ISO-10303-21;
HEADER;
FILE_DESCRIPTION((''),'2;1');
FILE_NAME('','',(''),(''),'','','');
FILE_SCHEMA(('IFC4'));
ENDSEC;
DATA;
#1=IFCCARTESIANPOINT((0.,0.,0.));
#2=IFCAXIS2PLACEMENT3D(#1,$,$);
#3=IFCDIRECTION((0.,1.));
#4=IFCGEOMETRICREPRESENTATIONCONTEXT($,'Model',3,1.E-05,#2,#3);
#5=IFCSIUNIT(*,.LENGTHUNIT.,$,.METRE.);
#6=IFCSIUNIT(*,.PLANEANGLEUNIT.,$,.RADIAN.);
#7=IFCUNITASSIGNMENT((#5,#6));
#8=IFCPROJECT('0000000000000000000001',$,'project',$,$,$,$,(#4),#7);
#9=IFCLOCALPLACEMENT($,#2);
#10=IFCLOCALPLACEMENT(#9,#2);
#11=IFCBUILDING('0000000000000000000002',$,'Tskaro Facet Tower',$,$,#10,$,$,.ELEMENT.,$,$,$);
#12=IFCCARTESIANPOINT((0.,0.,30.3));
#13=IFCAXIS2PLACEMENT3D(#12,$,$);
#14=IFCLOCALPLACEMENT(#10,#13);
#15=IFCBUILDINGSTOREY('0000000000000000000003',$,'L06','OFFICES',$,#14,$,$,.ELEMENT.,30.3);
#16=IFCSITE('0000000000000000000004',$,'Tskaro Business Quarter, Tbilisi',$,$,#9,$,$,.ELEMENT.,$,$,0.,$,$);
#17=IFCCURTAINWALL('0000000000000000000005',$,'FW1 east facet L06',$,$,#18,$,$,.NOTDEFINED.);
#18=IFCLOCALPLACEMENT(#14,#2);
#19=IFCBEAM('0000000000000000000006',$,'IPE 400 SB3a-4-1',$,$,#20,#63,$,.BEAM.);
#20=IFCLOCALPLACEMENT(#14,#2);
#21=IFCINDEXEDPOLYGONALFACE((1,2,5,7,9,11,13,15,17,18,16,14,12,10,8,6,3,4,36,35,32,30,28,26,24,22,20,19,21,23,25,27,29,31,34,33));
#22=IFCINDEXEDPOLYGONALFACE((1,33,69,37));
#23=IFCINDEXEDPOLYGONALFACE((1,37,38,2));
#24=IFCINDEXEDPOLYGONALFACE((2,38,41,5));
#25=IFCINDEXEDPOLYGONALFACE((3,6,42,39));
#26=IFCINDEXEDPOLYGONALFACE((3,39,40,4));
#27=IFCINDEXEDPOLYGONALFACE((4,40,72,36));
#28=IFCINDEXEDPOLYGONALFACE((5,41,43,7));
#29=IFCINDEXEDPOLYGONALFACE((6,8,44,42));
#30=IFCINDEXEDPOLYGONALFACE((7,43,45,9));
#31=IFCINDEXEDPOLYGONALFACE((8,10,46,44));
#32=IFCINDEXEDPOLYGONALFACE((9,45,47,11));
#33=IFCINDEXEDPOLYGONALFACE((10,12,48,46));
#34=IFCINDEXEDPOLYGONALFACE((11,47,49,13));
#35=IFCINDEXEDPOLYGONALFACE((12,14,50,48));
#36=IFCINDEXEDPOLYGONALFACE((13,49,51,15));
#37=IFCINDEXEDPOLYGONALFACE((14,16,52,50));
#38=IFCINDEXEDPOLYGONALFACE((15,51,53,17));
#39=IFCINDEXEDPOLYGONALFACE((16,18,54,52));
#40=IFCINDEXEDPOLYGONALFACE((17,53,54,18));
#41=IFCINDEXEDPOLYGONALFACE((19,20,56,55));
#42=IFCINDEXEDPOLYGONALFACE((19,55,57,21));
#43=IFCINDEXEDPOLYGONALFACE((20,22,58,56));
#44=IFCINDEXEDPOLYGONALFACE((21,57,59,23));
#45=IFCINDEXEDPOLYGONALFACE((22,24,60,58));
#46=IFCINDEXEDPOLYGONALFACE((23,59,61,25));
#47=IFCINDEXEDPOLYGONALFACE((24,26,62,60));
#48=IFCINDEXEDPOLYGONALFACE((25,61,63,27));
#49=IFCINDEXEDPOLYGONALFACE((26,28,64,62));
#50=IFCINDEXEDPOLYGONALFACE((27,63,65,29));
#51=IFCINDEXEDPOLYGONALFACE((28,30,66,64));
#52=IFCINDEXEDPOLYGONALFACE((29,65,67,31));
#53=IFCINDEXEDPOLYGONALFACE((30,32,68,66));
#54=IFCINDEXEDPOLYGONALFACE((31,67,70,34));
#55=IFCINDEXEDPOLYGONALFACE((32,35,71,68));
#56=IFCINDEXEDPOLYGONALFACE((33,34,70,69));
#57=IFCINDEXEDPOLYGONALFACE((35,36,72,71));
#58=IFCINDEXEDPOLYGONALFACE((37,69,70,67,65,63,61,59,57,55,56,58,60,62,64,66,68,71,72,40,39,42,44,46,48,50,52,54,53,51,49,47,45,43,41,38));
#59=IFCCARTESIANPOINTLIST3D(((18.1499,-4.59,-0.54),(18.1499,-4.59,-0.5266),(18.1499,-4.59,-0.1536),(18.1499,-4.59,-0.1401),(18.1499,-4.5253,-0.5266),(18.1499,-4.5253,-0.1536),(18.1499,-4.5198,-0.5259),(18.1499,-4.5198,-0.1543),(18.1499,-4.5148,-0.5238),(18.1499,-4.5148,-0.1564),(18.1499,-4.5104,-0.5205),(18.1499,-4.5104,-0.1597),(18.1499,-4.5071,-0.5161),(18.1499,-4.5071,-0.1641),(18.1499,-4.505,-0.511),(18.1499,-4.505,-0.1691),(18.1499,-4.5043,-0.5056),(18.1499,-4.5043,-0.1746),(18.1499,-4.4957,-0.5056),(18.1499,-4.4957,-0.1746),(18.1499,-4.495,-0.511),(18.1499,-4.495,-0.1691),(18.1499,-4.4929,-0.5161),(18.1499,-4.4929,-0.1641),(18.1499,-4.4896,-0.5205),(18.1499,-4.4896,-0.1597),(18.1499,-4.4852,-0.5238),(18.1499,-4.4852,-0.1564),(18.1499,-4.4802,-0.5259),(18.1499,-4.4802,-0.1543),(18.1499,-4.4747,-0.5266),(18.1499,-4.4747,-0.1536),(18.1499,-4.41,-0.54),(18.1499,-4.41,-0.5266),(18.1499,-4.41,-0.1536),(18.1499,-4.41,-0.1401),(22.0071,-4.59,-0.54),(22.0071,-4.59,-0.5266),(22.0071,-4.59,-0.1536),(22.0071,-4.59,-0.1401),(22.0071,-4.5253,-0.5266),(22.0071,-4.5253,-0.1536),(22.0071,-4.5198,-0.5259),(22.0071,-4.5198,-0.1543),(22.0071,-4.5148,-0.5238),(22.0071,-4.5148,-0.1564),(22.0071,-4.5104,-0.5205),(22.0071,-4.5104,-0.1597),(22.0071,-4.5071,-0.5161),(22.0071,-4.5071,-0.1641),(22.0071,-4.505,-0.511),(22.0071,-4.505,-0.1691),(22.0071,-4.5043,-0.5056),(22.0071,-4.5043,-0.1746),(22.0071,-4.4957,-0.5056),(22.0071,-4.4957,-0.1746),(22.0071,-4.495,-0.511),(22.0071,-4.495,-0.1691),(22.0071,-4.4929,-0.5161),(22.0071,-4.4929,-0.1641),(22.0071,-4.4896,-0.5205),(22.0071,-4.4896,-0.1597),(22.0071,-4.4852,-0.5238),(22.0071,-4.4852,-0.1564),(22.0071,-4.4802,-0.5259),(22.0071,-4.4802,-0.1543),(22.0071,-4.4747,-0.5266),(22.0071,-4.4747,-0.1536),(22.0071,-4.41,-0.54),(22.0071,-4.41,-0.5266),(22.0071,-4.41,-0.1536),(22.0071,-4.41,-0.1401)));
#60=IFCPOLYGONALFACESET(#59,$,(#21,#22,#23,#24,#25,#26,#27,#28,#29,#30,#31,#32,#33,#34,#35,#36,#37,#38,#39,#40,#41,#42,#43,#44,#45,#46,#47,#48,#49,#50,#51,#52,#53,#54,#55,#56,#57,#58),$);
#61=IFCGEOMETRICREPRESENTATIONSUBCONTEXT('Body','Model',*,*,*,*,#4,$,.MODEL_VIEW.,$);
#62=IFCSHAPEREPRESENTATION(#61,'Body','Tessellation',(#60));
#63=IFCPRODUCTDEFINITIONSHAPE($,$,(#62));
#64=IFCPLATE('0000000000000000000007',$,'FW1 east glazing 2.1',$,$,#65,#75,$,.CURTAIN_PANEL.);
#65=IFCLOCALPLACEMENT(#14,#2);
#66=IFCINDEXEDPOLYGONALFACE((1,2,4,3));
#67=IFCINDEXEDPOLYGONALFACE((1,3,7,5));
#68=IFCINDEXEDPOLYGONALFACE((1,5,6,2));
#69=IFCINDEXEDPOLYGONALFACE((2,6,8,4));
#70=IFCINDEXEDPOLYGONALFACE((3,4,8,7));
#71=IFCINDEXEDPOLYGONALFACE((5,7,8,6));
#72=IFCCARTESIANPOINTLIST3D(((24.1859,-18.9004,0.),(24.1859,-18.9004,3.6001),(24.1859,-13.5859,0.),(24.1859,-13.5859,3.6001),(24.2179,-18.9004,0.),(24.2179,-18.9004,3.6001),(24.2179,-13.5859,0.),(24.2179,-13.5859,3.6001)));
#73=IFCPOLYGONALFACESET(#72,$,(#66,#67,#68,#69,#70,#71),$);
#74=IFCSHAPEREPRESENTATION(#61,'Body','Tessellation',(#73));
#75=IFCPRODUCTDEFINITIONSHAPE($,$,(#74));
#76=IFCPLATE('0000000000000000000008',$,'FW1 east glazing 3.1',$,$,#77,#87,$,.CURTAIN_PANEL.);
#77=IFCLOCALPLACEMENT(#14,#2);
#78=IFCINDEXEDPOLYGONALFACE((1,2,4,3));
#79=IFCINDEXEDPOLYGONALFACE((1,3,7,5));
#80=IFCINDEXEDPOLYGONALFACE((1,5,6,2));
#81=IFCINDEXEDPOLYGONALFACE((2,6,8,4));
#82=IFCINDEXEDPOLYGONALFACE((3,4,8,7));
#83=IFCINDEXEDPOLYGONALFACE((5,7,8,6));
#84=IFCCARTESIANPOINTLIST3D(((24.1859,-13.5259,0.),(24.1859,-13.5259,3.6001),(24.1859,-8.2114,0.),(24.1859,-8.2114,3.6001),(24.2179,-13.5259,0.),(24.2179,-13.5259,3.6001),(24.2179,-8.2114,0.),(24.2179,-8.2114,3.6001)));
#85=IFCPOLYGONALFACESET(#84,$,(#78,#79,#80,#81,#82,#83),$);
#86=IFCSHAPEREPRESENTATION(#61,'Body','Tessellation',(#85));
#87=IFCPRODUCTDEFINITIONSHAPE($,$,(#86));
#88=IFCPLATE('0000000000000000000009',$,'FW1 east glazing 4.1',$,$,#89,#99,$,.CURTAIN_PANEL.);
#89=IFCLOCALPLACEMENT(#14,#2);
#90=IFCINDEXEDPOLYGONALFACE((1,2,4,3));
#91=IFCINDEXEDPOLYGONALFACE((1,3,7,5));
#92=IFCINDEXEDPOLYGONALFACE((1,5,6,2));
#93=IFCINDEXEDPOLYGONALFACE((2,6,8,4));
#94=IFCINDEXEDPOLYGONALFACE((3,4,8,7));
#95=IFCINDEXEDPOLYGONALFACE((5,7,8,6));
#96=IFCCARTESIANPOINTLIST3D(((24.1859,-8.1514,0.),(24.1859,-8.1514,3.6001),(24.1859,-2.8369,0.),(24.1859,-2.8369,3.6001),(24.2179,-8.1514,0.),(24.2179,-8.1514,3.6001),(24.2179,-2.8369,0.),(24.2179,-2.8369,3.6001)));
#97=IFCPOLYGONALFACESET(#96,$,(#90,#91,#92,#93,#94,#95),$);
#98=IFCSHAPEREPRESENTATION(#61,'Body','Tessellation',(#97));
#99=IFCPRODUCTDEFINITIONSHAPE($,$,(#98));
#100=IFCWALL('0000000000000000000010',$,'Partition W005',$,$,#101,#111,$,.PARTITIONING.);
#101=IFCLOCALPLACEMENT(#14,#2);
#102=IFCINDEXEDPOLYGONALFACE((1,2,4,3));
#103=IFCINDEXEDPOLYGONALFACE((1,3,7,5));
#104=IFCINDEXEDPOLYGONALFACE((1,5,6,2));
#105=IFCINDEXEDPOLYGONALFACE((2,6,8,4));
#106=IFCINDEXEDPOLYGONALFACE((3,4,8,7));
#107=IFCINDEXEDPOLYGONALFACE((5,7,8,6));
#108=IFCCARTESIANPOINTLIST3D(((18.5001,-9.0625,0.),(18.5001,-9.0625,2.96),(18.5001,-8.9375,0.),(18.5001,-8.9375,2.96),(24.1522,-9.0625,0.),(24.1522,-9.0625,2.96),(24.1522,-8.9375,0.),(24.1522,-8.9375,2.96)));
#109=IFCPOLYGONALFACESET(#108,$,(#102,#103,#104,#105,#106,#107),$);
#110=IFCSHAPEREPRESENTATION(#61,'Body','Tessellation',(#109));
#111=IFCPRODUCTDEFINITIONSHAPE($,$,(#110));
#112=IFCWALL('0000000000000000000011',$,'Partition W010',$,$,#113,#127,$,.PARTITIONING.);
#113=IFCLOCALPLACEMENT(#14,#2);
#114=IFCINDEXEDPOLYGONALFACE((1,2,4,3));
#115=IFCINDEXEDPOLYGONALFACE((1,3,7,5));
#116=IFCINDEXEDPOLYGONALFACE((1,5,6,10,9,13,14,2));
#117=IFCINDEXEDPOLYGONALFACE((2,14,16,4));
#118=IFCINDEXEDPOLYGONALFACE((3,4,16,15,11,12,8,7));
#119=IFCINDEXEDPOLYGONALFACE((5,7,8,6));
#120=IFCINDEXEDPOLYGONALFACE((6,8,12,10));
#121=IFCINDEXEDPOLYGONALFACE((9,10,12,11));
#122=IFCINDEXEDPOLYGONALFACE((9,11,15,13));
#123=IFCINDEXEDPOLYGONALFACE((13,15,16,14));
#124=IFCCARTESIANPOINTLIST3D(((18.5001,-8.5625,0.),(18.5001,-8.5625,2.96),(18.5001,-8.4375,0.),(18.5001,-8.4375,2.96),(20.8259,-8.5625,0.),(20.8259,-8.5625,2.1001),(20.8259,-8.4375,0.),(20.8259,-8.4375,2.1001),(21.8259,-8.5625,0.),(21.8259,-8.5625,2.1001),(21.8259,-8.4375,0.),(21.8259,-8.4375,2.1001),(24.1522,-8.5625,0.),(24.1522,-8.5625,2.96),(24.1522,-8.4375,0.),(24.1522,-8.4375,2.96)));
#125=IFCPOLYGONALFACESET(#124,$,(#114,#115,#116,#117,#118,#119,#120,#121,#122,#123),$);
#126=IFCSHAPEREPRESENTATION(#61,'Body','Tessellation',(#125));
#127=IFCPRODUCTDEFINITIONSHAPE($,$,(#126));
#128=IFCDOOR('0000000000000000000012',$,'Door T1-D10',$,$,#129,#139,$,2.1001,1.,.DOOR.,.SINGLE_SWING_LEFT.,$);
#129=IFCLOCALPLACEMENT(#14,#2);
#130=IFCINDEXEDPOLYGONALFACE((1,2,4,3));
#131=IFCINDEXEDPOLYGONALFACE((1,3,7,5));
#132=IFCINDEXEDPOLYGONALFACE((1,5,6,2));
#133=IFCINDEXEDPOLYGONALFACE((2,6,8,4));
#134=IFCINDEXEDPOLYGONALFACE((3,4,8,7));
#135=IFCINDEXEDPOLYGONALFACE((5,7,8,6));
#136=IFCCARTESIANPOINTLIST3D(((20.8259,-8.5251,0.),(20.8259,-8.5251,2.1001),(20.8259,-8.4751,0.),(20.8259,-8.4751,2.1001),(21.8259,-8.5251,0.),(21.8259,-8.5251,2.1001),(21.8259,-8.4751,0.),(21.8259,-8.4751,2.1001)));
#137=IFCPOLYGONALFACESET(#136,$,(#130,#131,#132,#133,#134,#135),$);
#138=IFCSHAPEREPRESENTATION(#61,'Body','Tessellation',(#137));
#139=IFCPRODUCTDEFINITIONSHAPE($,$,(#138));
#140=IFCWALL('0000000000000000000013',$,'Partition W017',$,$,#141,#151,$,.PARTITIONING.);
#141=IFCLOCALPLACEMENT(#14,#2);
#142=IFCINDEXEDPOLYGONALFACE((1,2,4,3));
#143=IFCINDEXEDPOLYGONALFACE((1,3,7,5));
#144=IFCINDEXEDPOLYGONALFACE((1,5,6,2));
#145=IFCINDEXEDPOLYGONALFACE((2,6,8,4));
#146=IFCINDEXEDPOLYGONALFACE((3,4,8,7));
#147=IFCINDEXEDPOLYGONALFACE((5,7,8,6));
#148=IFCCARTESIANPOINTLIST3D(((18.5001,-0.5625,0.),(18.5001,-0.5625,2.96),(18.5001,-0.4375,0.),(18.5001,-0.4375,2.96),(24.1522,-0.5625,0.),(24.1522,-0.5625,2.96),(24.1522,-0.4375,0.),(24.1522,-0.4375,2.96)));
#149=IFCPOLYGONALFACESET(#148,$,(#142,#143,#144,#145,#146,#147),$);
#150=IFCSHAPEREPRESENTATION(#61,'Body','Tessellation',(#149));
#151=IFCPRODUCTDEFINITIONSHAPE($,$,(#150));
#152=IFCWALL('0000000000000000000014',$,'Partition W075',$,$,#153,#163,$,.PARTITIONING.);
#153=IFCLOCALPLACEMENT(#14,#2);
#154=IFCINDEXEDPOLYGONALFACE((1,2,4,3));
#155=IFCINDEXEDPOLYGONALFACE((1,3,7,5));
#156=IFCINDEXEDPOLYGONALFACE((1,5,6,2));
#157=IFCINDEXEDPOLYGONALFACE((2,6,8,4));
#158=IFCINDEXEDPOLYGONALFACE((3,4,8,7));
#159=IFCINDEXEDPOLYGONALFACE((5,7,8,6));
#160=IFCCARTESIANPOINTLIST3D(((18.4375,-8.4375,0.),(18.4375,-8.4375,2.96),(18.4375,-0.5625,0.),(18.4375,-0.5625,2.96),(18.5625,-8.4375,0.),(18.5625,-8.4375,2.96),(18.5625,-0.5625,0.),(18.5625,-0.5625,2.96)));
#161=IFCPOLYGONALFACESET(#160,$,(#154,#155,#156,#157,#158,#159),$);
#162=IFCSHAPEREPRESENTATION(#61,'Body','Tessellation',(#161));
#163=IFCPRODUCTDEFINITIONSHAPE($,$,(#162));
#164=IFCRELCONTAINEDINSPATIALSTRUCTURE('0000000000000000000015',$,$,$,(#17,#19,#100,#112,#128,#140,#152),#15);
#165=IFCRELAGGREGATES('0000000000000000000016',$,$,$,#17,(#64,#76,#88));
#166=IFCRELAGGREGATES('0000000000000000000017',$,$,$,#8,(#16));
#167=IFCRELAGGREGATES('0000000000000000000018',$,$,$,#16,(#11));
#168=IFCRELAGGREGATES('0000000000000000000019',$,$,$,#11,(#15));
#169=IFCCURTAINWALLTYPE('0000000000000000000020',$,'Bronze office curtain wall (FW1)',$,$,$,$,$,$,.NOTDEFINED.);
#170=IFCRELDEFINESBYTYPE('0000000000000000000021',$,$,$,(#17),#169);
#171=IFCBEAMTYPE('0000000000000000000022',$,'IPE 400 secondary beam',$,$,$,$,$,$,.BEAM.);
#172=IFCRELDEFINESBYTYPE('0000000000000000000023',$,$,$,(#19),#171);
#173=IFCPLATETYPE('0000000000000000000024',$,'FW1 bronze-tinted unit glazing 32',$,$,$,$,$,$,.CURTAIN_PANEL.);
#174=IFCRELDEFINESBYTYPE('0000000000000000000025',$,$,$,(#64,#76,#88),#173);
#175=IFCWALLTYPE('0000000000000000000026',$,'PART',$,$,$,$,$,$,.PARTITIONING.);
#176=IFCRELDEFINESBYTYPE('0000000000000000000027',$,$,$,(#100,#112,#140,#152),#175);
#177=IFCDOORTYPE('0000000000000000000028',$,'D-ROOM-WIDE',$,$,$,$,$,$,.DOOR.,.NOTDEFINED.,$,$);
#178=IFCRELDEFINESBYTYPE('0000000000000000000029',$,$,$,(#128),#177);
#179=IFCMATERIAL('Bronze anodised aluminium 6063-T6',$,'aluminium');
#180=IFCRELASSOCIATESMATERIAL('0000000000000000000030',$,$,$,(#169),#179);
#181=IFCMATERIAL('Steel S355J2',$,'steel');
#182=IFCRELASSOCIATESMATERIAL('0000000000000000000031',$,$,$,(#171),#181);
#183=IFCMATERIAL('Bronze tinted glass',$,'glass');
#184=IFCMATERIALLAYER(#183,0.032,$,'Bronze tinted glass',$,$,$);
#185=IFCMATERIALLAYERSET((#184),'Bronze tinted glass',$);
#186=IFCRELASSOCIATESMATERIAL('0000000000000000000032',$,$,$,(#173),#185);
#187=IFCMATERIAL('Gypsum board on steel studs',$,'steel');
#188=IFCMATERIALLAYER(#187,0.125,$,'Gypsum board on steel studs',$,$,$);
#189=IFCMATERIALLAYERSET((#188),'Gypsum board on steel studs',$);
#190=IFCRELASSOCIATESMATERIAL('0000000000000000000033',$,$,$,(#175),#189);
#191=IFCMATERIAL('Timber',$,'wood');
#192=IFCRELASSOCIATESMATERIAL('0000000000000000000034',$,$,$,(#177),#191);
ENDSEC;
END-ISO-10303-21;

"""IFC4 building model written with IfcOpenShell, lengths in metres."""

from ifc_helpers import new_model, si_unit, direction, frame, frame_2d, origin, origin_2d, place, context, subcontext, project, spatial, rectangle, i_section, extrude, material, layer, layer_set, material_profile, profile_set, type_object, element, fill, aggregate, save


model = new_model("IFC4")

# Units and contexts
model_context = context("Model", 3, precision=1e-05, world=origin(), true_north=direction((0.0, 1.0)))
body_context = subcontext(model_context, "Body", "Model", "MODEL_VIEW")
ifc_project = project(units=[si_unit("LENGTHUNIT", "METRE"), si_unit("PLANEANGLEUNIT", "RADIAN")], contexts=[model_context])

# Site, building, storey
site_placement = place(None, origin())
site = spatial("IfcSite", under=ifc_project, at=site_placement, Name="Tskaro Business Quarter, Tbilisi", CompositionType="ELEMENT", RefElevation=0.0)
building_placement = place(site_placement, origin())
building = spatial("IfcBuilding", under=site, at=building_placement, Name="Tskaro Facet Tower", CompositionType="ELEMENT")
storey_placement = place(building_placement, frame((0.0, 0.0, 30.3)))
storey = spatial("IfcBuildingStorey", under=building, at=storey_placement, Name="L06", Description="OFFICES", CompositionType="ELEMENT", Elevation=30.3)

# Curtain wall
ifc_material_1 = material(Name="Bronze anodised aluminium 6063-T6", Category="aluminium")
curtain_wall_type = type_object("IfcCurtainWallType", Name="Bronze office curtain wall (FW1)", PredefinedType="NOTDEFINED", material=ifc_material_1)
curtain_wall_placement = place(storey_placement, origin())
curtain_wall = element("IfcCurtainWall", 1, at=curtain_wall_placement, inside=storey, type_object=curtain_wall_type, Name="FW1 east facet L06", PredefinedType="NOTDEFINED")

# Beam
ifc_material_2 = material(Name="Steel S355J2", Category="steel")
ifc_material_profile_1 = material_profile(ifc_material_2, i_section(OverallWidth=0.1799, OverallDepth=0.3999, WebThickness=0.0085, FlangeThickness=0.0134, FilletRadius=0.021, at=origin_2d()), Name="IPE 400")
ifc_profile_set_1 = profile_set([ifc_material_profile_1], Name="Steel S355J2")
beam_type_1 = type_object("IfcBeamType", Name="IPE 400 secondary beam", PredefinedType="BEAM", material=ifc_profile_set_1)
for number, where, z_axis, x_axis, name in (
    (2, (18.1499, -4.5, -0.3401), (1.0, 0.0, 0.0), (0.0, 1.0, 0.0), "IPE 400 SB3a-4-1"),
):
    element("IfcBeam", number, at=place(storey_placement, frame(where, z_axis=z_axis, x_axis=x_axis)), inside=storey, type_object=beam_type_1, Name=name, PredefinedType="BEAM", context=body_context, shape_type="SweptSolid", body=[
        extrude(i_section(OverallWidth=0.1799, OverallDepth=0.3999, WebThickness=0.0085, FlangeThickness=0.0134, FilletRadius=0.021, at=origin_2d()), origin(), (0.0, 0.0, 1.0), 3.8572),
    ])

# Plates
ifc_material_3 = material(Name="Bronze tinted glass", Category="glass")
ifc_layer_1 = layer(ifc_material_3, 0.032, Name="Bronze tinted glass")
ifc_layer_set_1 = layer_set([ifc_layer_1], Name="Bronze tinted glass")
plate_type = type_object("IfcPlateType", Name="FW1 bronze-tinted unit glazing 32", PredefinedType="CURTAIN_PANEL", material=ifc_layer_set_1)
plate_1_placement = place(storey_placement, frame((24.2019, -16.2432, 0.0), z_axis=(0.0, 0.0, 1.0), x_axis=(0.0, 1.0, 0.0)))
plate_1 = element("IfcPlate", 3, at=plate_1_placement, type_object=plate_type, Name="FW1 east glazing 2.1", PredefinedType="CURTAIN_PANEL", context=body_context, shape_type="SweptSolid", body=[
    extrude(rectangle(XDim=5.3145, YDim=0.032, at=origin_2d()), origin(), (0.0, 0.0, 1.0), 3.6001),
])
plate_2_placement = place(storey_placement, frame((24.2019, -10.8687, 0.0), z_axis=(0.0, 0.0, 1.0), x_axis=(0.0, 1.0, 0.0)))
plate_2 = element("IfcPlate", 4, at=plate_2_placement, type_object=plate_type, Name="FW1 east glazing 3.1", PredefinedType="CURTAIN_PANEL", context=body_context, shape_type="SweptSolid", body=[
    extrude(rectangle(XDim=5.3145, YDim=0.032, at=origin_2d()), origin(), (0.0, 0.0, 1.0), 3.6001),
])
plate_3_placement = place(storey_placement, frame((24.2019, -5.4941, 0.0), z_axis=(0.0, 0.0, 1.0), x_axis=(0.0, 1.0, 0.0)))
plate_3 = element("IfcPlate", 5, at=plate_3_placement, type_object=plate_type, Name="FW1 east glazing 4.1", PredefinedType="CURTAIN_PANEL", context=body_context, shape_type="SweptSolid", body=[
    extrude(rectangle(XDim=5.3145, YDim=0.032, at=origin_2d()), origin(), (0.0, 0.0, 1.0), 3.6001),
])
aggregate(curtain_wall, [plate_1, plate_2, plate_3])

# Wall
ifc_material_4 = material(Name="Gypsum board on steel studs", Category="steel")
ifc_layer_2 = layer(ifc_material_4, 0.125, Name="Gypsum board on steel studs")
ifc_layer_set_2 = layer_set([ifc_layer_2], Name="Gypsum board on steel studs")
wall_type_1 = type_object("IfcWallType", Name="PART", PredefinedType="PARTITIONING", material=ifc_layer_set_2)
wall_1_placement = place(storey_placement, frame((18.5, -9.0, 0.0), z_axis=(0.0, 0.0, 1.0), x_axis=(1.0, 0.0, 0.0)))
element("IfcWall", 6, at=wall_1_placement, inside=storey, type_object=wall_type_1, Name="Partition W005", PredefinedType="PARTITIONING", context=body_context, shape_type="SweptSolid", body=[
    extrude(rectangle(XDim=5.6521, YDim=0.125, at=frame_2d((2.8262, 0.0))), origin(), (0.0, 0.0, 1.0), 2.96),
])

# Wall, opening, door
wall_2_placement = place(storey_placement, frame((18.5, -8.5, 0.0), z_axis=(0.0, 0.0, 1.0), x_axis=(1.0, 0.0, 0.0)))
wall_2 = element("IfcWall", 7, at=wall_2_placement, inside=storey, type_object=wall_type_1, Name="Partition W010", PredefinedType="PARTITIONING", context=body_context, shape_type="SweptSolid", body=[
    extrude(rectangle(XDim=5.6521, YDim=0.125, at=frame_2d((2.8262, 0.0))), origin(), (0.0, 0.0, 1.0), 2.96),
])
opening_1_placement = place(wall_2_placement, frame((2.3259, 0.0, 0.0)))
opening_1 = element("IfcOpeningElement", 8, at=opening_1_placement, cuts=wall_2, PredefinedType="OPENING", context=body_context, shape_type="SweptSolid", body=[
    extrude(rectangle(XDim=1.0, YDim=2.1001, at=frame_2d((0.5, 1.05))), frame((0.0, 0.0725, 0.0), z_axis=(0.0, -1.0, 0.0), x_axis=(1.0, 0.0, 0.0)), (0.0, 0.0, 1.0), 0.145),
])
ifc_material_5 = material(Name="Timber", Category="wood")
door_type_1 = type_object("IfcDoorType", Name="D-ROOM-WIDE", OperationType="NOTDEFINED", PredefinedType="DOOR", material=ifc_material_5)
door_1_placement = place(opening_1_placement, origin())
door_1 = element("IfcDoor", 9, at=door_1_placement, inside=storey, type_object=door_type_1, Name="Door T1-D10", OperationType="SINGLE_SWING_LEFT", OverallHeight=2.1001, OverallWidth=1.0, PredefinedType="DOOR", context=body_context, shape_type="SweptSolid", body=[
    extrude(rectangle(XDim=1.0, YDim=2.1001, at=frame_2d((0.5, 1.05))), frame((0.0, 0.0249, 0.0), z_axis=(0.0, -1.0, 0.0), x_axis=(1.0, 0.0, 0.0)), (0.0, 0.0, 1.0), 0.05),
])
fill(opening_1, door_1)

# Walls
wall_3_placement = place(storey_placement, frame((18.5, -0.5, 0.0), z_axis=(0.0, 0.0, 1.0), x_axis=(1.0, 0.0, 0.0)))
element("IfcWall", 10, at=wall_3_placement, inside=storey, type_object=wall_type_1, Name="Partition W017", PredefinedType="PARTITIONING", context=body_context, shape_type="SweptSolid", body=[
    extrude(rectangle(XDim=5.6521, YDim=0.125, at=frame_2d((2.8262, 0.0))), origin(), (0.0, 0.0, 1.0), 2.96),
])
wall_4_placement = place(storey_placement, frame((18.5, -8.4375, 0.0), z_axis=(0.0, 0.0, 1.0), x_axis=(0.0, 1.0, 0.0)))
element("IfcWall", 11, at=wall_4_placement, inside=storey, type_object=wall_type_1, Name="Partition W075", PredefinedType="PARTITIONING", context=body_context, shape_type="SweptSolid", body=[
    extrude(rectangle(XDim=7.875, YDim=0.125, at=frame_2d((3.9375, 0.0))), origin(), (0.0, 0.0, 1.0), 2.96),
])

save(model, "model.ifc")
